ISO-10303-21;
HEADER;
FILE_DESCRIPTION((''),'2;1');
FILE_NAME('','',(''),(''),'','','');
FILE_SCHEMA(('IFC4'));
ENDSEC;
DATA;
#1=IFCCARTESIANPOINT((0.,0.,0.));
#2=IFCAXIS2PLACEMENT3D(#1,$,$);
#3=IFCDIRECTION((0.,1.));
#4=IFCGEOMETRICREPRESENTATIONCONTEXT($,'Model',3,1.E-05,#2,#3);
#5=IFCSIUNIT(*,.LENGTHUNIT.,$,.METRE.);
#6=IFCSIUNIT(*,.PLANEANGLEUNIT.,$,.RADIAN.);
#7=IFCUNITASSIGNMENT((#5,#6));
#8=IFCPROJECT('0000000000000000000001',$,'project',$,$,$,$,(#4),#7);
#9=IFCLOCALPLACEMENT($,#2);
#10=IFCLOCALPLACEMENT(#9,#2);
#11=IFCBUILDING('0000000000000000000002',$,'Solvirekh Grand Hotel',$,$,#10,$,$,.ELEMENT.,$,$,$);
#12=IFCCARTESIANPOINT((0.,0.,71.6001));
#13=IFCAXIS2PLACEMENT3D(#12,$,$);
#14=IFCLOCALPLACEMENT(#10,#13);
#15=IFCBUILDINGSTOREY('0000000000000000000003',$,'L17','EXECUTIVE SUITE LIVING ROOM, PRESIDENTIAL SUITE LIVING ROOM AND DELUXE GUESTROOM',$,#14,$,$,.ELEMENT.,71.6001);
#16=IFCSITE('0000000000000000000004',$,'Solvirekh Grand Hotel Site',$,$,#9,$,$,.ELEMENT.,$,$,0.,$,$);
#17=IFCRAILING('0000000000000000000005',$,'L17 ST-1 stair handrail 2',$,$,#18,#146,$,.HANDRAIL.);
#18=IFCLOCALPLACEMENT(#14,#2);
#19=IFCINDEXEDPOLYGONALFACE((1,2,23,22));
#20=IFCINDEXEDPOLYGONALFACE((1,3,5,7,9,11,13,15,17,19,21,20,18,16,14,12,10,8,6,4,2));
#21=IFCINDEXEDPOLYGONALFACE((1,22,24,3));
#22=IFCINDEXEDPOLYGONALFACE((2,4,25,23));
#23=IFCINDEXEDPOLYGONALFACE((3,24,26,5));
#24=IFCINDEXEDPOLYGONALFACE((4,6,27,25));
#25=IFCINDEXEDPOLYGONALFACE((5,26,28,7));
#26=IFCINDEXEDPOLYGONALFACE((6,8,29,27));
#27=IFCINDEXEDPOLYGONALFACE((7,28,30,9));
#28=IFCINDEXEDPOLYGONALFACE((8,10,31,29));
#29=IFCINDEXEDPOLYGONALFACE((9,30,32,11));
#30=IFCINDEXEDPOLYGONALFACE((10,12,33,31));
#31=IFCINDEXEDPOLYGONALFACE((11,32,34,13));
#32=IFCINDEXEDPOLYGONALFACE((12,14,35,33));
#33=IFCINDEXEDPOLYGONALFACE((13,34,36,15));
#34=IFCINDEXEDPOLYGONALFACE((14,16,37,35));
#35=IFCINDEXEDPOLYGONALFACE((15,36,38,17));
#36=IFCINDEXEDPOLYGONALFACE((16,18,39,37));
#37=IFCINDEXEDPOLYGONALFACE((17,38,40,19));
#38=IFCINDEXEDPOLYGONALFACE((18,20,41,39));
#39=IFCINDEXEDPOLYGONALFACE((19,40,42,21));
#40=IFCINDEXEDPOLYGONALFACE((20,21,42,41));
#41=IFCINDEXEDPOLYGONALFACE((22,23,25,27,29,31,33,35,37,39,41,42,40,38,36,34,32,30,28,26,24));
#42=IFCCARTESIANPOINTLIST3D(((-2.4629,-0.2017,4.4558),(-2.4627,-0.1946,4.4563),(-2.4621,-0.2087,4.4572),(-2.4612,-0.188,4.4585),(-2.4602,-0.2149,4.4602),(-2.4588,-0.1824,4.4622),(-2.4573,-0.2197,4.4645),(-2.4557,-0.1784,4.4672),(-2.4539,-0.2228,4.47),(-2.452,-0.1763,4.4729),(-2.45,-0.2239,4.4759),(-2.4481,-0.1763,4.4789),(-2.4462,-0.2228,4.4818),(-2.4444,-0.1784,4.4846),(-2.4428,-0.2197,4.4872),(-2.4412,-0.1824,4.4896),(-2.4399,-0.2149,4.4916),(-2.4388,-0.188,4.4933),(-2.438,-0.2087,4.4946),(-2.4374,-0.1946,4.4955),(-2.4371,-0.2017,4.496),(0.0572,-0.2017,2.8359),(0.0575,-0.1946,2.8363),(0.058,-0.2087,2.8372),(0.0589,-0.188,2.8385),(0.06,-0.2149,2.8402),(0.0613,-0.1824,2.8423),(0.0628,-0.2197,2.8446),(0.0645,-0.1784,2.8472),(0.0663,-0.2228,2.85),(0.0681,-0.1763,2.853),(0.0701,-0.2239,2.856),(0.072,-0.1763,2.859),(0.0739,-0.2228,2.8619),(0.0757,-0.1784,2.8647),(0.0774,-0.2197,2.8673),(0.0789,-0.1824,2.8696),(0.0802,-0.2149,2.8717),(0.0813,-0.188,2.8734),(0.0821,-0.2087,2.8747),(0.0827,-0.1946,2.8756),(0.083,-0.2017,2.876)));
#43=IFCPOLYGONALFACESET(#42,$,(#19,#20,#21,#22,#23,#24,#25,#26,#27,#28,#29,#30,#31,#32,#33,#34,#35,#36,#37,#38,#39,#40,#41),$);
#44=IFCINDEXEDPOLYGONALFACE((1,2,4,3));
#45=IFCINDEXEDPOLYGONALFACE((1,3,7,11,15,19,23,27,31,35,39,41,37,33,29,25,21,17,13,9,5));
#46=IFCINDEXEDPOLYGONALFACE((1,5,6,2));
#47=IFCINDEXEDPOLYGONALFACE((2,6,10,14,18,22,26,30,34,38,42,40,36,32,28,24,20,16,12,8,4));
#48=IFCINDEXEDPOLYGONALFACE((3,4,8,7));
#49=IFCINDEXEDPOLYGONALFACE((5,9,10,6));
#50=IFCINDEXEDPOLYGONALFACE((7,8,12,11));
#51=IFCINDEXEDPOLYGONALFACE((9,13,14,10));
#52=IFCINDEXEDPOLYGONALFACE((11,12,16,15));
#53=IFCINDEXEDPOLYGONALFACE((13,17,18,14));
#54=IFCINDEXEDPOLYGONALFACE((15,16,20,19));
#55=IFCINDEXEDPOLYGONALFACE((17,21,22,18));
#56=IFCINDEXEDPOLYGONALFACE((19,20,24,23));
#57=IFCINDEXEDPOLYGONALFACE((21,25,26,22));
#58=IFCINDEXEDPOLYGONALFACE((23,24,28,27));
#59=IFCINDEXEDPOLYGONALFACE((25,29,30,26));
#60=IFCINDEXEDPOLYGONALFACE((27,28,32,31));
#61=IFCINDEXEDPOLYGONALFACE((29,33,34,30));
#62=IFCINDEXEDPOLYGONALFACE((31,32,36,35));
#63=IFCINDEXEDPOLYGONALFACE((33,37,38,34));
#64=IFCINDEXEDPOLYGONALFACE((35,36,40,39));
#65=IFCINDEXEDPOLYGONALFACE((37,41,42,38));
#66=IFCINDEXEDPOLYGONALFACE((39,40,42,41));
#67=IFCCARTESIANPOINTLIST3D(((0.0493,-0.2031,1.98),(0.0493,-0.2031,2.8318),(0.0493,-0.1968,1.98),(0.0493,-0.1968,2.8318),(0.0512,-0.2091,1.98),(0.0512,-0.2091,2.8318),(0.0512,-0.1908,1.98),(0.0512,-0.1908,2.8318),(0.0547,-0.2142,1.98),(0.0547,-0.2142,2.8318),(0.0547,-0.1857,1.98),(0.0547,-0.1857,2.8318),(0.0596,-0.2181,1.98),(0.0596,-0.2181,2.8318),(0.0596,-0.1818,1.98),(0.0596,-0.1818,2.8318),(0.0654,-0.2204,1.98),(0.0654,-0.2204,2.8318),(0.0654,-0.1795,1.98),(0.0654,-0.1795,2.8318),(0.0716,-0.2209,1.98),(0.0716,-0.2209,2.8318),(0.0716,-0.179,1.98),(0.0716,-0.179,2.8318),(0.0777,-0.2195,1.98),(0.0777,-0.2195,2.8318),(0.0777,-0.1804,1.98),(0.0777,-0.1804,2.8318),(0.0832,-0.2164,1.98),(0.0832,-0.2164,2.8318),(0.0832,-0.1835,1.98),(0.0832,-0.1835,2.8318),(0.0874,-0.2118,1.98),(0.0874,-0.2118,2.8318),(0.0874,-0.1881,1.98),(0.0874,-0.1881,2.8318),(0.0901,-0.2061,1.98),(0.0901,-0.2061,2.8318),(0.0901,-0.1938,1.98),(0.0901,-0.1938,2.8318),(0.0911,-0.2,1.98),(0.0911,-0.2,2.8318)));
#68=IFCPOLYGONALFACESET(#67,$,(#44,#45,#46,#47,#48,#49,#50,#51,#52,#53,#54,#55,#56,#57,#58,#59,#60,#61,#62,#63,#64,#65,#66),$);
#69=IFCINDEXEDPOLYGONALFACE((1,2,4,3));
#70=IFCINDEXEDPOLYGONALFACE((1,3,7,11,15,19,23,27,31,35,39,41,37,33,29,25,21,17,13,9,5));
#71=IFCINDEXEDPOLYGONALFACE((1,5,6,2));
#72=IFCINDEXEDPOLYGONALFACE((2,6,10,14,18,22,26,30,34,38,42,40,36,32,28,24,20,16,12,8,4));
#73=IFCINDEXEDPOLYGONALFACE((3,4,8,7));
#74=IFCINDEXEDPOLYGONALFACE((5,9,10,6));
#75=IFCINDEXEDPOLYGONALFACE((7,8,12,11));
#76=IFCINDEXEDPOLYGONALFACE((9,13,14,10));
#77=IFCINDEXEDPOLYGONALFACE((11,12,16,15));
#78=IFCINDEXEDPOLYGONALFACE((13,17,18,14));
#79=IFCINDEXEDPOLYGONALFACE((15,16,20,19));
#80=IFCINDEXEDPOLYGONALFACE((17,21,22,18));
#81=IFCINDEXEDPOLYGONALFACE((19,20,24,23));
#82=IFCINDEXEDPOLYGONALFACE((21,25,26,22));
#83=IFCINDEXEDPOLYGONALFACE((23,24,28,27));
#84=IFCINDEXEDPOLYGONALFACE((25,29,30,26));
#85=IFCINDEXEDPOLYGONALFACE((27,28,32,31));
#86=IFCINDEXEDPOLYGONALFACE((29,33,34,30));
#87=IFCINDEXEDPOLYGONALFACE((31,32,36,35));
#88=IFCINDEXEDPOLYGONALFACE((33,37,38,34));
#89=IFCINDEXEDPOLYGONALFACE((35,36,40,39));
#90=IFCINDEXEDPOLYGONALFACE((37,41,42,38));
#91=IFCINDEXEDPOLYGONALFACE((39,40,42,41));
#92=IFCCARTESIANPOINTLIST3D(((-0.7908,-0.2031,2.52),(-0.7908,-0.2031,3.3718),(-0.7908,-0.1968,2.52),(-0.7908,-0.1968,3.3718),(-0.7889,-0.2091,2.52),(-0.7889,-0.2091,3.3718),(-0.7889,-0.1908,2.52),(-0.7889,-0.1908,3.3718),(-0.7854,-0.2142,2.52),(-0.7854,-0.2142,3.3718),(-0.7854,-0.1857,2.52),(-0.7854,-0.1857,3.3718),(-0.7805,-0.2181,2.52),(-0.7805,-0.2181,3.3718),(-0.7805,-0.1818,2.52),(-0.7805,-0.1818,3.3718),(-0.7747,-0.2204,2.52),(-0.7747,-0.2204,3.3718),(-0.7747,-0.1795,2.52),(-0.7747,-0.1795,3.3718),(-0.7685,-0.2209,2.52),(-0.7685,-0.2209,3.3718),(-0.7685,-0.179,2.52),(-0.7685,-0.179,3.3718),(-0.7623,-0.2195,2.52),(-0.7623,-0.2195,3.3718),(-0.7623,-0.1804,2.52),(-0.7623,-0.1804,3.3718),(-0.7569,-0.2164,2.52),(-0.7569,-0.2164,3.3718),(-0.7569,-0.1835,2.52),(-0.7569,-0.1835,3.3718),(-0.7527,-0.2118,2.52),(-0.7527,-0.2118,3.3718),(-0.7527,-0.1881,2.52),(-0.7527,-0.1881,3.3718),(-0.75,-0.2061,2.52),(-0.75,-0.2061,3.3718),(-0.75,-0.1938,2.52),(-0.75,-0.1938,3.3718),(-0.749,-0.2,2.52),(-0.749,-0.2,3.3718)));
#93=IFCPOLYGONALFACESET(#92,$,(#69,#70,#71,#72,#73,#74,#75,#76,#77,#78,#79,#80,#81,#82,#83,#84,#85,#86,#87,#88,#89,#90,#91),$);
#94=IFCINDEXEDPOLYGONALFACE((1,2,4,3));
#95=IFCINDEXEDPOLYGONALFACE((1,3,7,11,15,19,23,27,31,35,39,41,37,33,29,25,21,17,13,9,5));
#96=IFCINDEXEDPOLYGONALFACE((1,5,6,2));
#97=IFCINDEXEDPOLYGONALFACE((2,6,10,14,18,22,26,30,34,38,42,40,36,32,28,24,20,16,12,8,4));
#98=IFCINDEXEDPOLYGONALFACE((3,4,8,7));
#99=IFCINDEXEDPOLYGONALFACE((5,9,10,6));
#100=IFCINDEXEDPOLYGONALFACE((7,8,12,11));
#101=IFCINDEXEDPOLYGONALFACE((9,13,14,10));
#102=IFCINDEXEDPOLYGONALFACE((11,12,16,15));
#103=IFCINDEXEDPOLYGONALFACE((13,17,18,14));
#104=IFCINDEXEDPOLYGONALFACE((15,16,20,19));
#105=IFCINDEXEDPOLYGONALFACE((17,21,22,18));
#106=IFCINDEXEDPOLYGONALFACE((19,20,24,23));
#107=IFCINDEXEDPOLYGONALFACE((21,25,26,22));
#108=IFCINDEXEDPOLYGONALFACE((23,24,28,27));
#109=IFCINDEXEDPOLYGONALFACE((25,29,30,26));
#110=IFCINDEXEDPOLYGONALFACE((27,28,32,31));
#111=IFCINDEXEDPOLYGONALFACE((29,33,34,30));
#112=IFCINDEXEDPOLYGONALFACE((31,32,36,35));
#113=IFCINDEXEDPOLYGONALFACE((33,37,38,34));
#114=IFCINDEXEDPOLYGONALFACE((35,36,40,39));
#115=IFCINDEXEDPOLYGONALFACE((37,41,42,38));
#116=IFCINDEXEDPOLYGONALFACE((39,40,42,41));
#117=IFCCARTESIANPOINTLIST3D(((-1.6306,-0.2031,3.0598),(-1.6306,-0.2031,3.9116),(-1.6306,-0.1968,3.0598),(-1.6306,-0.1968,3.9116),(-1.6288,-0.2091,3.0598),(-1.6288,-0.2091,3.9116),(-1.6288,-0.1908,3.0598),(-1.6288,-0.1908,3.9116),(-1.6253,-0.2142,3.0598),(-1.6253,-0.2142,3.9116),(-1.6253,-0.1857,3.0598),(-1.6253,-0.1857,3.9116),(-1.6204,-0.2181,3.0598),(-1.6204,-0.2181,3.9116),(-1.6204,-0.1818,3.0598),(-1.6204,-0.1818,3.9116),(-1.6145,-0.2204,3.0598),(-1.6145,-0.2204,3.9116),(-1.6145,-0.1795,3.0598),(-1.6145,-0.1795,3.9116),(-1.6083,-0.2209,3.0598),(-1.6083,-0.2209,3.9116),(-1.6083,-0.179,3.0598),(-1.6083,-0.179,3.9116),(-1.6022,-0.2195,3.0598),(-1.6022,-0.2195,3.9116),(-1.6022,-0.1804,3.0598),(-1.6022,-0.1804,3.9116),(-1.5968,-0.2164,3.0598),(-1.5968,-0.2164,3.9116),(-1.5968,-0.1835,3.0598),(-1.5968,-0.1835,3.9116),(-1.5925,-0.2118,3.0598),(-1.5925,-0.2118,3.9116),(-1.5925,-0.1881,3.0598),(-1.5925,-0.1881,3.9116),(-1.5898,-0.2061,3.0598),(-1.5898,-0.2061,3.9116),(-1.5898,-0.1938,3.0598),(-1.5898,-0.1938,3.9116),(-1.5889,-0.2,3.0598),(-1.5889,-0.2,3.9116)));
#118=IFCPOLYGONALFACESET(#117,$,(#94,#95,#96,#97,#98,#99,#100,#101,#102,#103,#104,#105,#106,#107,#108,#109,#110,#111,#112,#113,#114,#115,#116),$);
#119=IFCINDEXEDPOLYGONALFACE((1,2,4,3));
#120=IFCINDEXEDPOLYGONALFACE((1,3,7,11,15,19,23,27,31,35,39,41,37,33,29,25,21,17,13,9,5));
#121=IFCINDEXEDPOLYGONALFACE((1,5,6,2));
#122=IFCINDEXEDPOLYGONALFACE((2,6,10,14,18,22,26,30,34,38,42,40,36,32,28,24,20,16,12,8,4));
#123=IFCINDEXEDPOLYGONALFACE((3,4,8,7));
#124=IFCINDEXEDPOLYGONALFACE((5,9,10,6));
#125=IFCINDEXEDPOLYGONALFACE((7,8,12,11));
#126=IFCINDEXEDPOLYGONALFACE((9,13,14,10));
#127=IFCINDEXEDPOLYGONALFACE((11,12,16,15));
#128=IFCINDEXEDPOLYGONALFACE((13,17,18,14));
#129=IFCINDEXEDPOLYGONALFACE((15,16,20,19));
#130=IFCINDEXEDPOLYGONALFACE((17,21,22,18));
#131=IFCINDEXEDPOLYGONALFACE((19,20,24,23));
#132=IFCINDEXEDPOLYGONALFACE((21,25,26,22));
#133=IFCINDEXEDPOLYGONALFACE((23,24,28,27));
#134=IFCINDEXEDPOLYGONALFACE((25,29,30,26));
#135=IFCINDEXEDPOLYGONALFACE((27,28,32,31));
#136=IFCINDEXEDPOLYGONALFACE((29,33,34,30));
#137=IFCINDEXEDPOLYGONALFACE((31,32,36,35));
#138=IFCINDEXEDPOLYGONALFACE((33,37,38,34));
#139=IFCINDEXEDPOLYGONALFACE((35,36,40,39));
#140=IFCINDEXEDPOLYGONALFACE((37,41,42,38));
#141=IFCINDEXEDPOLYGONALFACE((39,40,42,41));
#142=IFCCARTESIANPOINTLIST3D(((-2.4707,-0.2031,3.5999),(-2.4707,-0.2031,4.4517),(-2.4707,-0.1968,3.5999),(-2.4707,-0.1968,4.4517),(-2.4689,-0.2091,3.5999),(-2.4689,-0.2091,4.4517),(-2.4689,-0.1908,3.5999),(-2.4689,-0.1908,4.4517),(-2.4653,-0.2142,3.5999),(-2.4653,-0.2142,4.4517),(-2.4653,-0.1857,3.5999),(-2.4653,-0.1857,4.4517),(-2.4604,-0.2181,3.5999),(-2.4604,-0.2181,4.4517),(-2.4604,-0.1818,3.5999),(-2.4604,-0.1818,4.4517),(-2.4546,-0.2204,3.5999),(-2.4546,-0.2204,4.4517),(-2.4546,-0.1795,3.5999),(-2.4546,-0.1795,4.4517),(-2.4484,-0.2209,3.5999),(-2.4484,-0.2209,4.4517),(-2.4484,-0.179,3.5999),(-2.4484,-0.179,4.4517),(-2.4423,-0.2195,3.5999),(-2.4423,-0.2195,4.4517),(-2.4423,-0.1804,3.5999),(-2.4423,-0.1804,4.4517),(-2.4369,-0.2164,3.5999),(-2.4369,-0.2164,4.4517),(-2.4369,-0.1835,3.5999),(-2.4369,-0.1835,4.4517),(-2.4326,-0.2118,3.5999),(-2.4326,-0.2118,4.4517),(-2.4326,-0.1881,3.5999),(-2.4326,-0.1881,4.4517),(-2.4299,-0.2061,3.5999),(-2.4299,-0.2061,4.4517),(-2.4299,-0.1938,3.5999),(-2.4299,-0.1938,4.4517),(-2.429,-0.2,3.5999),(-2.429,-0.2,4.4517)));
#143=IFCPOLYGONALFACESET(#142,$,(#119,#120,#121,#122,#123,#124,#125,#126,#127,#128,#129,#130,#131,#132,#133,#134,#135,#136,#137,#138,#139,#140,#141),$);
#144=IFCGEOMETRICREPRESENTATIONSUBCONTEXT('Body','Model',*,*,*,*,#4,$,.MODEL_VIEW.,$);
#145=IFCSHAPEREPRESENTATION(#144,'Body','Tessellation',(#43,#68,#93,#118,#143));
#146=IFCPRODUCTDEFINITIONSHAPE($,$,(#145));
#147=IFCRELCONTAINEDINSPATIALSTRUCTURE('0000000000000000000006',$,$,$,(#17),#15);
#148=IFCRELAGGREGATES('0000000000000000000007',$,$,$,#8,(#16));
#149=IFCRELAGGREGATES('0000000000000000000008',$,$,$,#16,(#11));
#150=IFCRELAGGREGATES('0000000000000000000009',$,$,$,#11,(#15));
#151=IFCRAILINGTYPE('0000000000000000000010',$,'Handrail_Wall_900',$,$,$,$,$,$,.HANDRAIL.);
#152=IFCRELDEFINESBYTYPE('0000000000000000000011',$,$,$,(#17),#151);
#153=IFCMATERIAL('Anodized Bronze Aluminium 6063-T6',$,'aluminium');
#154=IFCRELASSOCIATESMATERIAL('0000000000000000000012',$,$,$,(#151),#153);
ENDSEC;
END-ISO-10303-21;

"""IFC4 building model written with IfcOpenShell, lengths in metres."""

from ifc_helpers import new_model, si_unit, direction, frame, origin, origin_2d, place, context, subcontext, project, spatial, circle, extrude, material, type_object, element, save


model = new_model("IFC4")

# Units and contexts
model_context = context("Model", 3, precision=1e-05, world=origin(), true_north=direction((0.0, 1.0)))
body_context = subcontext(model_context, "Body", "Model", "MODEL_VIEW")
ifc_project = project(units=[si_unit("LENGTHUNIT", "METRE"), si_unit("PLANEANGLEUNIT", "RADIAN")], contexts=[model_context])

# Site, building, storey
site_placement = place(None, origin())
site = spatial("IfcSite", under=ifc_project, at=site_placement, Name="Solvirekh Grand Hotel Site", CompositionType="ELEMENT", RefElevation=0.0)
building_placement = place(site_placement, origin())
building = spatial("IfcBuilding", under=site, at=building_placement, Name="Solvirekh Grand Hotel", CompositionType="ELEMENT")
storey_placement = place(building_placement, frame((0.0, 0.0, 71.6001)))
storey = spatial("IfcBuildingStorey", under=building, at=storey_placement, Name="L17", Description="EXECUTIVE SUITE LIVING ROOM, PRESIDENTIAL SUITE LIVING ROOM AND DELUXE GUESTROOM", CompositionType="ELEMENT", Elevation=71.6001)

# Railing
ifc_material_1 = material(Name="Anodized Bronze Aluminium 6063-T6", Category="aluminium")
railing_type_1 = type_object("IfcRailingType", Name="Handrail_Wall_900", PredefinedType="HANDRAIL", material=ifc_material_1)
railing_1_placement = place(storey_placement, frame((0.0701, -0.2, 1.98)))
element("IfcRailing", 1, at=railing_1_placement, inside=storey, type_object=railing_type_1, Name="L17 ST-1 stair handrail 2", PredefinedType="HANDRAIL", context=body_context, shape_type="SweptSolid", body=[
    extrude(circle(Radius=0.0239, at=origin_2d()), frame((0.0, 0.0, 0.876), z_axis=(-0.8412, 0.0, 0.540725), x_axis=(0.0, -1.0, 0.0)), (0.0, 0.0, 1.0), 2.9958),
    extrude(circle(Radius=0.021, at=origin_2d()), origin(), (0.0, 0.0, 1.0), 0.8518),
    extrude(circle(Radius=0.021, at=origin_2d()), frame((-0.8401, 0.0, 0.54)), (0.0, 0.0, 1.0), 0.8518),
    extrude(circle(Radius=0.021, at=origin_2d()), frame((-1.6799, 0.0, 1.0798)), (0.0, 0.0, 1.0), 0.8518),
    extrude(circle(Radius=0.021, at=origin_2d()), frame((-2.52, 0.0, 1.6199)), (0.0, 0.0, 1.0), 0.8518),
])

save(model, "model.ifc")
